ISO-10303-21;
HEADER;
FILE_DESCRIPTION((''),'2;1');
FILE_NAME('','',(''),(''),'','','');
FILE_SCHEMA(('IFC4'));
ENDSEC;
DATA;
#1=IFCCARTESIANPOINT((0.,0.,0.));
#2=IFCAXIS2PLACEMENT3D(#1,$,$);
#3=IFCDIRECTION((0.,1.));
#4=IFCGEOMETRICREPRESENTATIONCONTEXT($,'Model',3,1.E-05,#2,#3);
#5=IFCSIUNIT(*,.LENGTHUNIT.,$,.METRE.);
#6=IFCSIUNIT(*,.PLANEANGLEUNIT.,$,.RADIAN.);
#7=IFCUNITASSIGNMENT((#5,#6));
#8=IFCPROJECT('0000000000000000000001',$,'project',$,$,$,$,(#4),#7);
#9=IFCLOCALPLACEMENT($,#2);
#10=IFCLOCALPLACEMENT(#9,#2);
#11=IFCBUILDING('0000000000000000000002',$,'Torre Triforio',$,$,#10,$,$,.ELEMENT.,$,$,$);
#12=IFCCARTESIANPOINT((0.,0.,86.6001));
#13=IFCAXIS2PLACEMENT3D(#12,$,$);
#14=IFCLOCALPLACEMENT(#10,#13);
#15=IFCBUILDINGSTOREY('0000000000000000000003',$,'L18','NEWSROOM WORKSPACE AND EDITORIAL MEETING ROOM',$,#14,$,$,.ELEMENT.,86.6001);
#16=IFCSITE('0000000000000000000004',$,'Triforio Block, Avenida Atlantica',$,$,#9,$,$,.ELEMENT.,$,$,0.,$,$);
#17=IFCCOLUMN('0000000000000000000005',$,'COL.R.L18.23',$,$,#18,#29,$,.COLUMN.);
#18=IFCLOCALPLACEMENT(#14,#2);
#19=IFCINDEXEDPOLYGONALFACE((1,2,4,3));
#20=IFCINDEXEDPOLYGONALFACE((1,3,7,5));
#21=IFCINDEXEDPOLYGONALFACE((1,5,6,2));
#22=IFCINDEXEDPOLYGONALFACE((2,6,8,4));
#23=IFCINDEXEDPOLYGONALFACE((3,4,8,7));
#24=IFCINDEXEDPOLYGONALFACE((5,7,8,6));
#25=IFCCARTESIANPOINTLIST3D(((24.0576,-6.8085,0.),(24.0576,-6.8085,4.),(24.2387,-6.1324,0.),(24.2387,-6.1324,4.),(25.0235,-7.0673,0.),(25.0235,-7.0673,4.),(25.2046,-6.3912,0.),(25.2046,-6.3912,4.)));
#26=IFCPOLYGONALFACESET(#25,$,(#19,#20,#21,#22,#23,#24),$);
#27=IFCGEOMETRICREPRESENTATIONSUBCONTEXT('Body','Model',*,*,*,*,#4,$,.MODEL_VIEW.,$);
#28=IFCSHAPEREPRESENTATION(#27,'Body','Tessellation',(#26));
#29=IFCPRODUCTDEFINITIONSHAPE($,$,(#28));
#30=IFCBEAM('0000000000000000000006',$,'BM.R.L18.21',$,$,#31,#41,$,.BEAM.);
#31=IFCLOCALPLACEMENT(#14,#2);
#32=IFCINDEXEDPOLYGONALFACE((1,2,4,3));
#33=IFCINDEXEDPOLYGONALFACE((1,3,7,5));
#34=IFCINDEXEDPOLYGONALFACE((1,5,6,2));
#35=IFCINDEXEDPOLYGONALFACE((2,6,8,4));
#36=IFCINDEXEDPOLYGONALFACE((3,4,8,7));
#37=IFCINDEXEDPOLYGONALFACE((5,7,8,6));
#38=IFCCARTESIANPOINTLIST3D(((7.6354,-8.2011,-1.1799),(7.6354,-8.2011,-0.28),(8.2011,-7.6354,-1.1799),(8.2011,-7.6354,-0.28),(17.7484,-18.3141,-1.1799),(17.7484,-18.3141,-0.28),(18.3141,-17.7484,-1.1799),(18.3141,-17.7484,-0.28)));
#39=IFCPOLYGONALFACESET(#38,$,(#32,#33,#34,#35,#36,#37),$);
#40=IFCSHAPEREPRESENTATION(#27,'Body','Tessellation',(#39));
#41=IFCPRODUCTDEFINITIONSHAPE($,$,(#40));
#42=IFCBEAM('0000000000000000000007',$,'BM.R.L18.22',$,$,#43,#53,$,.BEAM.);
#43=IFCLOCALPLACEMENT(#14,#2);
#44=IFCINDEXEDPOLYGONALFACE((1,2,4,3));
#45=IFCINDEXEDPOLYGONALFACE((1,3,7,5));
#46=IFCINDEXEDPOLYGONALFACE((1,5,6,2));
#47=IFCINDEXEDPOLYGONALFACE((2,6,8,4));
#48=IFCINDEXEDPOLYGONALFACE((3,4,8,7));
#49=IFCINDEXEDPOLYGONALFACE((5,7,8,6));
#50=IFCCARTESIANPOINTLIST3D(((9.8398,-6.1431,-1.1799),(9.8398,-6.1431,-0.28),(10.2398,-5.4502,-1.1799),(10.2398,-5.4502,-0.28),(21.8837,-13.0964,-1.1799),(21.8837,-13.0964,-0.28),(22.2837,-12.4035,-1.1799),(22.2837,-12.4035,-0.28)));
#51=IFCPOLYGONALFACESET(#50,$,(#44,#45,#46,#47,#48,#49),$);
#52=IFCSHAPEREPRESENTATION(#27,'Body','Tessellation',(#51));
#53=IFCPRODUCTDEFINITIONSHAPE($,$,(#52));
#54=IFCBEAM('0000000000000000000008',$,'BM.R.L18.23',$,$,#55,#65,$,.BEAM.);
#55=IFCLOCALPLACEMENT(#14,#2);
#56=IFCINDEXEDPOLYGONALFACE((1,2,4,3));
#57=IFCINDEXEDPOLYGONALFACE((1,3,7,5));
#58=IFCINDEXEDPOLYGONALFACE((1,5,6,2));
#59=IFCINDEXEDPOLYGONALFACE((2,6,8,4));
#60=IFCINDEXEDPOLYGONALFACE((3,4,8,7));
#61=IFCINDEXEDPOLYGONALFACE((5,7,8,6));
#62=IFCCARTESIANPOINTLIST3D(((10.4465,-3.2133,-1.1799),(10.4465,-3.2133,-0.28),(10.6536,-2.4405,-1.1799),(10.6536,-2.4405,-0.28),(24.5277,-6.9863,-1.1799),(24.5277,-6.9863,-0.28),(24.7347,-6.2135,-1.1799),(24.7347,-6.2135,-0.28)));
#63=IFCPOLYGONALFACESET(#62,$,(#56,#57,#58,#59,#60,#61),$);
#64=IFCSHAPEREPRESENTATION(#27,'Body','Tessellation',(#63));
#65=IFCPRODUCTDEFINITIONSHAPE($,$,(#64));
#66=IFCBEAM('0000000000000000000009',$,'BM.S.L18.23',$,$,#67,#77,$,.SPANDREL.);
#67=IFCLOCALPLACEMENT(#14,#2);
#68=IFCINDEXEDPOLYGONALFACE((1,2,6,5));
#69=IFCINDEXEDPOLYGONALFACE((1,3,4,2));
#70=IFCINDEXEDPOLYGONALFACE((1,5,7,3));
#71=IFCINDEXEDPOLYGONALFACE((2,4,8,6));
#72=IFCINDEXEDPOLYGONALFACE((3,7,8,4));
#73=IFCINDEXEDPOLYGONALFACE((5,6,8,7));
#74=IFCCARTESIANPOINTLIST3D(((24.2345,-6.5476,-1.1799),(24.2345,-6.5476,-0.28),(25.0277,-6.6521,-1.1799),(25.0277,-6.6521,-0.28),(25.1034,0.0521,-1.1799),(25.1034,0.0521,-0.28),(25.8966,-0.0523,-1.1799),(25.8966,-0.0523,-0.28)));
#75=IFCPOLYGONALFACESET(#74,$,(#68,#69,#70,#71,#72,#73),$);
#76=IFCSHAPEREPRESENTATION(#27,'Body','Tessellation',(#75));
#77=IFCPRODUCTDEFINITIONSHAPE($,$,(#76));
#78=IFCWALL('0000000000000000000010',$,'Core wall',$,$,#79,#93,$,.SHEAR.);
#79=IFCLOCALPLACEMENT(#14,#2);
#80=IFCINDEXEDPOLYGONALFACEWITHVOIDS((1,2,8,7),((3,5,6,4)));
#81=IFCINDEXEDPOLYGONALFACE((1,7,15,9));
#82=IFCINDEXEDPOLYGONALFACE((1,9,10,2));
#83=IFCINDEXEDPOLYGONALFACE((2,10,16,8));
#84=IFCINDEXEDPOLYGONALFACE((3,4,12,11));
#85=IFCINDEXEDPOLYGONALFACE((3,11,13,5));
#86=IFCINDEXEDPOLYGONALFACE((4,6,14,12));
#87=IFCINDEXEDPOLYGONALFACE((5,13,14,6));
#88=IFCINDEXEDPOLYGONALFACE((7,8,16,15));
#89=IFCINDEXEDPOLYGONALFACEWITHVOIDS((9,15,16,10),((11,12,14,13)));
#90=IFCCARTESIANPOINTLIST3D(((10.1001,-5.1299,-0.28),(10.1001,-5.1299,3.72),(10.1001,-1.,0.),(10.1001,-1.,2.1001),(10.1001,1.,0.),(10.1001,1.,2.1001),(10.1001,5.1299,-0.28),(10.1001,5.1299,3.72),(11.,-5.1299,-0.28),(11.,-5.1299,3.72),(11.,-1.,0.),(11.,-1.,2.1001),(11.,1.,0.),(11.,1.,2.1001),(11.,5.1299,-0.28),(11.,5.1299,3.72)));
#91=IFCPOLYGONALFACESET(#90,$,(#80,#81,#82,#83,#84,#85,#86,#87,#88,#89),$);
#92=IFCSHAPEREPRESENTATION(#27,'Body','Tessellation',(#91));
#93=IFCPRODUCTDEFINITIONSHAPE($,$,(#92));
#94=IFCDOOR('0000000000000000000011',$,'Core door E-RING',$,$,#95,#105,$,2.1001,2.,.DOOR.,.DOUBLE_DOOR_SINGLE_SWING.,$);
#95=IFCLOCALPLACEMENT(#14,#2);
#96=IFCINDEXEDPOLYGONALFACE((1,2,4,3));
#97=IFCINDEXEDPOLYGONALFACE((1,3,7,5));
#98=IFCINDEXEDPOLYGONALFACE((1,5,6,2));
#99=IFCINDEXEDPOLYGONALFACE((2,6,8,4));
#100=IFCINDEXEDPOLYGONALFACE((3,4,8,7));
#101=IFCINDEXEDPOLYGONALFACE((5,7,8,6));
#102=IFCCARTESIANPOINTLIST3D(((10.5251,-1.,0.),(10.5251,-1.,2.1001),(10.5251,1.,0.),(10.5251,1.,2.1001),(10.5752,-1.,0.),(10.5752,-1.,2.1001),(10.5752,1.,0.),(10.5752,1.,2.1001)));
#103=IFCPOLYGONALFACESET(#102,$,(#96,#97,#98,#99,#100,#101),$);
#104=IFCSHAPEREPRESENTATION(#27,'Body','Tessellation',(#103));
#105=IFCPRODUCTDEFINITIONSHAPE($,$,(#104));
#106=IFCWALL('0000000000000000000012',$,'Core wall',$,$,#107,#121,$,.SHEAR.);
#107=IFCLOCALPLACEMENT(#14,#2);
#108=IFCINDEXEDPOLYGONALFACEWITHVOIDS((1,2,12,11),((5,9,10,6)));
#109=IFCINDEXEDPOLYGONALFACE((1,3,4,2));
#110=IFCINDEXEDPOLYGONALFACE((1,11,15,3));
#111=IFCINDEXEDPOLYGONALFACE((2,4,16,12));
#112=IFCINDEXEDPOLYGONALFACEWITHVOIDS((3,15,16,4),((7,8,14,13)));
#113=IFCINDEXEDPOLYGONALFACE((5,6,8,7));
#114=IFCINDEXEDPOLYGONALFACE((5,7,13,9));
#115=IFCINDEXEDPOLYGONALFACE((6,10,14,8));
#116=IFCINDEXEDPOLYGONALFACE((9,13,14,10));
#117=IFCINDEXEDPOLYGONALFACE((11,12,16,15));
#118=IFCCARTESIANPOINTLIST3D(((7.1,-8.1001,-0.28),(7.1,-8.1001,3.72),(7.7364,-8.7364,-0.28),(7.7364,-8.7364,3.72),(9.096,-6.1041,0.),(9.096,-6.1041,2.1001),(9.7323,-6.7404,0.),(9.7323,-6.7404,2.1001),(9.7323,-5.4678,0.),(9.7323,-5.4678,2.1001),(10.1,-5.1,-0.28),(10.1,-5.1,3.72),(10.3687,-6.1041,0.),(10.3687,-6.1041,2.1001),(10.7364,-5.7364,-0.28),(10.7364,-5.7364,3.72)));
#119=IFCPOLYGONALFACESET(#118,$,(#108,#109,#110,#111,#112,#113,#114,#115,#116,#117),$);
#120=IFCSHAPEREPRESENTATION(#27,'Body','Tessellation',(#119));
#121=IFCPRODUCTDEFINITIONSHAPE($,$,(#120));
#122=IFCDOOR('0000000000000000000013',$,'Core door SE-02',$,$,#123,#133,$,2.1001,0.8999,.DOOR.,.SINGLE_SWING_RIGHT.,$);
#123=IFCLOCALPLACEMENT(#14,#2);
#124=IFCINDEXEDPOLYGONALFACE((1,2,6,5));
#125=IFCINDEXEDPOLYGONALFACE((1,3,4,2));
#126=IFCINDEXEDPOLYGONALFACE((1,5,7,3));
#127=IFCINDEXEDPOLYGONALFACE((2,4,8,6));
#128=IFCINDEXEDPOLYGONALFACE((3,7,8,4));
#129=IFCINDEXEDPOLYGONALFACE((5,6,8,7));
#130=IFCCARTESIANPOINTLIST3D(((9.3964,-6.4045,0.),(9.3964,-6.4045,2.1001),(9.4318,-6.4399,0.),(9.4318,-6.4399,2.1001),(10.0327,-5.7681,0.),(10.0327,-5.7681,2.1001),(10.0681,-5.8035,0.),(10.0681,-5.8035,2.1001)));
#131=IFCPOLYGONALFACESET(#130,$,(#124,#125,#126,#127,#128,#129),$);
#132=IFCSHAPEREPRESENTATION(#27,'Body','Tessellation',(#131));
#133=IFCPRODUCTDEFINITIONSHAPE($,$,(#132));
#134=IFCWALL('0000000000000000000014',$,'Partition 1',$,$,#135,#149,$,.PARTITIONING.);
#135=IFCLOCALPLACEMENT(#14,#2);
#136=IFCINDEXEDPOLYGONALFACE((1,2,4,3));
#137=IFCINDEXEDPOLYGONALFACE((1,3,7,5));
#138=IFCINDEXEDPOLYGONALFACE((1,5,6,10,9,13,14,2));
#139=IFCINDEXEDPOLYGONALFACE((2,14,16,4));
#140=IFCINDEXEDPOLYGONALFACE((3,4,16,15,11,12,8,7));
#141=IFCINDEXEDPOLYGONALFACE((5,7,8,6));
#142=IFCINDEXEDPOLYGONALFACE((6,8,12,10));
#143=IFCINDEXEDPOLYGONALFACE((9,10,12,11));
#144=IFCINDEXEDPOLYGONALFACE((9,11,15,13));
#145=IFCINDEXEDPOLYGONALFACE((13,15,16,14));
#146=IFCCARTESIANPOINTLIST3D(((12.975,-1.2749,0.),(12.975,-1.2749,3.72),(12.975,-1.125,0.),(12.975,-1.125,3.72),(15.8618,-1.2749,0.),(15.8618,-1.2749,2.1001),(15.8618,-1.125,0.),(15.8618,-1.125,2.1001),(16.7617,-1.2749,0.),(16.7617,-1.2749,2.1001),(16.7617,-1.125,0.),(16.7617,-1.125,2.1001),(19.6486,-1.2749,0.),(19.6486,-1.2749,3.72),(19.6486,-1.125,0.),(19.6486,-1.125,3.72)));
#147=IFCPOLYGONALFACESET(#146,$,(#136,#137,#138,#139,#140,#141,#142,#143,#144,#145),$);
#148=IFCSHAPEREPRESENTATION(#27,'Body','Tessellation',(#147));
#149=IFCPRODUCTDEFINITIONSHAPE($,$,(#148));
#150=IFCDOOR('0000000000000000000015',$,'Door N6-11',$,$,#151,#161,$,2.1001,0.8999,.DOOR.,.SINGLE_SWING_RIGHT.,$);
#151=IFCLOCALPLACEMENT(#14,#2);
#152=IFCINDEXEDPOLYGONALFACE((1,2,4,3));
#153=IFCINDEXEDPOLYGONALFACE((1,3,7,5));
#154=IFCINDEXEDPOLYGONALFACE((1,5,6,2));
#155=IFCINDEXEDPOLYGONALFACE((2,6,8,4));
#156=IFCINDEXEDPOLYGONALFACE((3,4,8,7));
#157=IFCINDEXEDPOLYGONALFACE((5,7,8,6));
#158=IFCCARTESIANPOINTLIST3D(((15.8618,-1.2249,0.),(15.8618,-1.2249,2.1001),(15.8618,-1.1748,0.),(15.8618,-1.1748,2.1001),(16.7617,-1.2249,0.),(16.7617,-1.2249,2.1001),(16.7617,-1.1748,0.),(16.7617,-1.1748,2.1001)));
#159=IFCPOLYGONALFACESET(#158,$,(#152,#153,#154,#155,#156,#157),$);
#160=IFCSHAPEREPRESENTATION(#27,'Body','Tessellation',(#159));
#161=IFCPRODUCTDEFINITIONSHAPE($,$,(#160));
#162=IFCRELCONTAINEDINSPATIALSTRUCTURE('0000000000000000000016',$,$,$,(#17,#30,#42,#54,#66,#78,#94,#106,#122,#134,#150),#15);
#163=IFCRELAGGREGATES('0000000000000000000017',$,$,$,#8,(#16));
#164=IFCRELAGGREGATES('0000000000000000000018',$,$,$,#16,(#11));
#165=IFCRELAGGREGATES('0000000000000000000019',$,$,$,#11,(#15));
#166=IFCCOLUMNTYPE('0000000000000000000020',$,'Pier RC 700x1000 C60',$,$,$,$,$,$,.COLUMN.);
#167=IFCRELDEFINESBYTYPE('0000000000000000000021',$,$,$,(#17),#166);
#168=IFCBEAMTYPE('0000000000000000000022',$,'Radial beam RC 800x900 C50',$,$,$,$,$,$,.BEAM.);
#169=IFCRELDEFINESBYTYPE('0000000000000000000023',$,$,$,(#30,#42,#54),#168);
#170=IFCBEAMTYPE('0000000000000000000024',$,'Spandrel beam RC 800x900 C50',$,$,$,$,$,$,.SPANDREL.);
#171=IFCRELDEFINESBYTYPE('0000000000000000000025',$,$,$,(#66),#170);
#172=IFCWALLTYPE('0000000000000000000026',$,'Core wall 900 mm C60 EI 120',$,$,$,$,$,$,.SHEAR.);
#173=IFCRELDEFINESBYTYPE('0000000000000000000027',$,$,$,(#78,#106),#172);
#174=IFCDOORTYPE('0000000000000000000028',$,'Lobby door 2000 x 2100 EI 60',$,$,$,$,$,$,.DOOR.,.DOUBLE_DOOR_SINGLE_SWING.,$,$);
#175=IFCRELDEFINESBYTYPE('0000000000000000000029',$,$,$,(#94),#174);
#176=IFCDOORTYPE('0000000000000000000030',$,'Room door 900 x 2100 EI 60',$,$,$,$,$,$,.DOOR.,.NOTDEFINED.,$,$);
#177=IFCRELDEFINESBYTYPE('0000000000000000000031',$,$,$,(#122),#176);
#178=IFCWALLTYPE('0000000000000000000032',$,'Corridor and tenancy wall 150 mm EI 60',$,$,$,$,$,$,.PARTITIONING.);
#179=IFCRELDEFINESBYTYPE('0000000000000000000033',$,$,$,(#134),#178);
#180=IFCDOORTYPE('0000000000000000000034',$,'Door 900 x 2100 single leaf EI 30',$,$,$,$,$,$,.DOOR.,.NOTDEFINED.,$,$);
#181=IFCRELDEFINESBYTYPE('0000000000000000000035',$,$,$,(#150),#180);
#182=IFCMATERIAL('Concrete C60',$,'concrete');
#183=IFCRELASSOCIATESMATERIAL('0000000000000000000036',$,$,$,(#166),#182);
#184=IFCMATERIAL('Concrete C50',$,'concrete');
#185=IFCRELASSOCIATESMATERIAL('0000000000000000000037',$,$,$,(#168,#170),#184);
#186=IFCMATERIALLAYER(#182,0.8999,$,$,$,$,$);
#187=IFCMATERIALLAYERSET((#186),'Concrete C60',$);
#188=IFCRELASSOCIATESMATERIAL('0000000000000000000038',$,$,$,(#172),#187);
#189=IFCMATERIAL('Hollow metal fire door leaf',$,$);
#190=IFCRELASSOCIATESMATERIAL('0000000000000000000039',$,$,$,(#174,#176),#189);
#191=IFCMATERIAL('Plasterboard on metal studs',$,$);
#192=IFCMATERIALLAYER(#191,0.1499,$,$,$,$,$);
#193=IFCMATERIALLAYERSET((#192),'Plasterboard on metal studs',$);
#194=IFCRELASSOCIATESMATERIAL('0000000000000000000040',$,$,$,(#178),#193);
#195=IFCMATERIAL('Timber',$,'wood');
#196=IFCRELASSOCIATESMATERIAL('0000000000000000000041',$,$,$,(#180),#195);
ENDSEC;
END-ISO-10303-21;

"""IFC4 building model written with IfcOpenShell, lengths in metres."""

from ifc_helpers import new_model, si_unit, direction, frame, frame_2d, origin, origin_2d, place, context, subcontext, project, spatial, rectangle, extrude, material, layer, layer_set, material_profile, profile_set, type_object, element, fill, save


model = new_model("IFC4")

# Units and contexts
model_context = context("Model", 3, precision=1e-05, world=origin(), true_north=direction((0.0, 1.0)))
body_context = subcontext(model_context, "Body", "Model", "MODEL_VIEW")
ifc_project = project(units=[si_unit("LENGTHUNIT", "METRE"), si_unit("PLANEANGLEUNIT", "RADIAN")], contexts=[model_context])

# Site, building, storey
site_placement = place(None, origin())
site = spatial("IfcSite", under=ifc_project, at=site_placement, Name="Triforio Block, Avenida Atlantica", CompositionType="ELEMENT", RefElevation=0.0)
building_placement = place(site_placement, origin())
building = spatial("IfcBuilding", under=site, at=building_placement, Name="Torre Triforio", CompositionType="ELEMENT")
storey_placement = place(building_placement, frame((0.0, 0.0, 86.6001)))
storey = spatial("IfcBuildingStorey", under=building, at=storey_placement, Name="L18", Description="NEWSROOM WORKSPACE AND EDITORIAL MEETING ROOM", CompositionType="ELEMENT", Elevation=86.6001)

# Column
ifc_material_1 = material(Name="Concrete C60", Category="concrete")
ifc_material_profile_1 = material_profile(ifc_material_1, rectangle(XDim=0.7, YDim=1.0, at=origin_2d()), Name="RC 700x1000")
ifc_profile_set_1 = profile_set([ifc_material_profile_1], Name="Concrete C60")
column_type = type_object("IfcColumnType", Name="Pier RC 700x1000 C60", PredefinedType="COLUMN", material=ifc_profile_set_1)
column_placement = place(storey_placement, frame((24.6311, -6.5999, 0.0), z_axis=(0.0, 0.0, 1.0), x_axis=(0.258819, 0.965926, 0.0)))
element("IfcColumn", 1, at=column_placement, inside=storey, type_object=column_type, Name="COL.R.L18.23", PredefinedType="COLUMN", context=body_context, shape_type="SweptSolid", body=[
    extrude(rectangle(XDim=0.7, YDim=1.0, at=origin_2d()), origin(), (0.0, 0.0, 1.0), 4.0),
])

# Beams
ifc_material_2 = material(Name="Concrete C50", Category="concrete")
ifc_material_profile_2 = material_profile(ifc_material_2, rectangle(XDim=0.8, YDim=0.8999, at=origin_2d()), Name="RC 800x900")
ifc_profile_set_2 = profile_set([ifc_material_profile_2], Name="Concrete C50")
beam_type_1 = type_object("IfcBeamType", Name="Radial beam RC 800x900 C50", PredefinedType="BEAM", material=ifc_profile_set_2)
beam_1_placement = place(storey_placement, frame((7.9182, -7.9182, -0.73), z_axis=(0.707107, -0.707107, 0.0), x_axis=(0.707107, 0.707107, 0.0)))
element("IfcBeam", 2, at=beam_1_placement, inside=storey, type_object=beam_type_1, Name="BM.R.L18.21", PredefinedType="BEAM", context=body_context, shape_type="SweptSolid", body=[
    extrude(rectangle(XDim=0.8, YDim=0.8999, at=origin_2d()), origin(), (0.0, 0.0, 1.0), 14.302),
])
beam_2_placement = place(storey_placement, frame((10.0398, -5.7966, -0.73), z_axis=(0.866032, -0.499989, 0.0), x_axis=(0.499989, 0.866032, 0.0)))
element("IfcBeam", 3, at=beam_2_placement, inside=storey, type_object=beam_type_1, Name="BM.R.L18.22", PredefinedType="BEAM", context=body_context, shape_type="SweptSolid", body=[
    extrude(rectangle(XDim=0.8, YDim=0.8999, at=origin_2d()), origin(), (0.0, 0.0, 1.0), 13.907),
])
beam_3_placement = place(storey_placement, frame((10.55, -2.8269, -0.73), z_axis=(0.965927, -0.258815, 0.0), x_axis=(0.258815, 0.965927, 0.0)))
element("IfcBeam", 4, at=beam_3_placement, inside=storey, type_object=beam_type_1, Name="BM.R.L18.23", PredefinedType="BEAM", context=body_context, shape_type="SweptSolid", body=[
    extrude(rectangle(XDim=0.8, YDim=0.8999, at=origin_2d()), origin(), (0.0, 0.0, 1.0), 14.5779),
])
ifc_material_profile_3 = material_profile(ifc_material_2, rectangle(XDim=0.8, YDim=0.8999, at=origin_2d()), Name="RC 800x900")
ifc_profile_set_3 = profile_set([ifc_material_profile_3], Name="Concrete C50")
beam_type_2 = type_object("IfcBeamType", Name="Spandrel beam RC 800x900 C50", PredefinedType="SPANDREL", material=ifc_profile_set_3)
beam_4_placement = place(storey_placement, frame((24.6311, -6.5999, -0.73), z_axis=(0.130528, 0.991445, 0.0), x_axis=(-0.991445, 0.130528, 0.0)))
element("IfcBeam", 5, at=beam_4_placement, inside=storey, type_object=beam_type_2, Name="BM.S.L18.23", PredefinedType="SPANDREL", context=body_context, shape_type="SweptSolid", body=[
    extrude(rectangle(XDim=0.8, YDim=0.8999, at=origin_2d()), origin(), (0.0, 0.0, 1.0), 6.6567),
])

# Walls, openings, doors
ifc_layer_1 = layer(ifc_material_1, 0.8999)
ifc_layer_set_1 = layer_set([ifc_layer_1], Name="Concrete C60")
wall_type_1 = type_object("IfcWallType", Name="Core wall 900 mm C60 EI 120", PredefinedType="SHEAR", material=ifc_layer_set_1)
wall_1_placement = place(storey_placement, frame((10.55, -5.1299, -0.28), z_axis=(0.0, 0.0, 1.0), x_axis=(0.0, 1.0, 0.0)))
wall_1 = element("IfcWall", 6, at=wall_1_placement, inside=storey, type_object=wall_type_1, Name="Core wall", PredefinedType="SHEAR", context=body_context, shape_type="SweptSolid", body=[
    extrude(rectangle(XDim=10.2598, YDim=0.8999, at=frame_2d((5.1299, 0.0))), origin(), (0.0, 0.0, 1.0), 4.0),
])
opening_1_placement = place(wall_1_placement, frame((4.1299, 0.0, 0.28)))
opening_1 = element("IfcOpeningElement", 7, at=opening_1_placement, cuts=wall_1, PredefinedType="OPENING", context=body_context, shape_type="SweptSolid", body=[
    extrude(rectangle(XDim=2.0, YDim=2.1001, at=frame_2d((1.0, 1.05))), frame((0.0, 0.46, 0.0), z_axis=(0.0, -1.0, 0.0), x_axis=(1.0, 0.0, 0.0)), (0.0, 0.0, 1.0), 0.9199),
])
ifc_material_3 = material(Name="Hollow metal fire door leaf")
door_type_1 = type_object("IfcDoorType", Name="Lobby door 2000 x 2100 EI 60", OperationType="DOUBLE_DOOR_SINGLE_SWING", PredefinedType="DOOR", material=ifc_material_3)
door_1_placement = place(opening_1_placement, origin())
door_1 = element("IfcDoor", 8, at=door_1_placement, inside=storey, type_object=door_type_1, Name="Core door E-RING", OperationType="DOUBLE_DOOR_SINGLE_SWING", OverallHeight=2.1001, OverallWidth=2.0, PredefinedType="DOOR", context=body_context, shape_type="SweptSolid", body=[
    extrude(rectangle(XDim=2.0, YDim=2.1001, at=frame_2d((1.0, 1.05))), frame((0.0, 0.0249, 0.0), z_axis=(0.0, -1.0, 0.0), x_axis=(1.0, 0.0, 0.0)), (0.0, 0.0, 1.0), 0.05),
])
fill(opening_1, door_1)
wall_2_placement = place(storey_placement, frame((10.4182, -5.4182, -0.28), z_axis=(0.0, 0.0, 1.0), x_axis=(-0.707107, -0.707107, 0.0)))
wall_2 = element("IfcWall", 9, at=wall_2_placement, inside=storey, type_object=wall_type_1, Name="Core wall", PredefinedType="SHEAR", context=body_context, shape_type="SweptSolid", body=[
    extrude(rectangle(XDim=4.2427, YDim=0.8999, at=frame_2d((2.1213, 0.0))), origin(), (0.0, 0.0, 1.0), 4.0),
])
opening_2_placement = place(wall_2_placement, frame((0.52, 0.0, 0.28)))
opening_2 = element("IfcOpeningElement", 10, at=opening_2_placement, cuts=wall_2, PredefinedType="OPENING", context=body_context, shape_type="SweptSolid", body=[
    extrude(rectangle(XDim=0.8999, YDim=2.1001, at=frame_2d((0.45, 1.05))), frame((0.0, 0.46, 0.0), z_axis=(0.0, -1.0, 0.0), x_axis=(1.0, 0.0, 0.0)), (0.0, 0.0, 1.0), 0.9199),
])
door_type_2 = type_object("IfcDoorType", Name="Room door 900 x 2100 EI 60", OperationType="NOTDEFINED", PredefinedType="DOOR", material=ifc_material_3)
door_2_placement = place(opening_2_placement, origin())
door_2 = element("IfcDoor", 11, at=door_2_placement, inside=storey, type_object=door_type_2, Name="Core door SE-02", OperationType="SINGLE_SWING_RIGHT", OverallHeight=2.1001, OverallWidth=0.8999, PredefinedType="DOOR", context=body_context, shape_type="SweptSolid", body=[
    extrude(rectangle(XDim=0.8999, YDim=2.1001, at=frame_2d((0.45, 1.05))), frame((0.0, 0.0249, 0.0), z_axis=(0.0, -1.0, 0.0), x_axis=(1.0, 0.0, 0.0)), (0.0, 0.0, 1.0), 0.05),
])
fill(opening_2, door_2)
ifc_material_4 = material(Name="Plasterboard on metal studs")
ifc_layer_2 = layer(ifc_material_4, 0.1499)
ifc_layer_set_2 = layer_set([ifc_layer_2], Name="Plasterboard on metal studs")
wall_type_2 = type_object("IfcWallType", Name="Corridor and tenancy wall 150 mm EI 60", PredefinedType="PARTITIONING", material=ifc_layer_set_2)
wall_3_placement = place(storey_placement, frame((19.6487, -1.2, 0.0), z_axis=(0.0, 0.0, 1.0), x_axis=(-1.0, 0.0, 0.0)))
wall_3 = element("IfcWall", 12, at=wall_3_placement, inside=storey, type_object=wall_type_2, Name="Partition 1", PredefinedType="PARTITIONING", context=body_context, shape_type="SweptSolid", body=[
    extrude(rectangle(XDim=6.6736, YDim=0.1499, at=frame_2d((3.3369, 0.0))), origin(), (0.0, 0.0, 1.0), 3.72),
])
opening_3_placement = place(wall_3_placement, frame((2.887, 0.0, 0.0)))
opening_3 = element("IfcOpeningElement", 13, at=opening_3_placement, cuts=wall_3, PredefinedType="OPENING", context=body_context, shape_type="SweptSolid", body=[
    extrude(rectangle(XDim=0.8999, YDim=2.1001, at=frame_2d((0.45, 1.05))), frame((0.0, 0.085, 0.0), z_axis=(0.0, -1.0, 0.0), x_axis=(1.0, 0.0, 0.0)), (0.0, 0.0, 1.0), 0.1699),
])
ifc_material_5 = material(Name="Timber", Category="wood")
door_type_3 = type_object("IfcDoorType", Name="Door 900 x 2100 single leaf EI 30", OperationType="NOTDEFINED", PredefinedType="DOOR", material=ifc_material_5)
door_3_placement = place(opening_3_placement, origin())
door_3 = element("IfcDoor", 14, at=door_3_placement, inside=storey, type_object=door_type_3, Name="Door N6-11", OperationType="SINGLE_SWING_RIGHT", OverallHeight=2.1001, OverallWidth=0.8999, PredefinedType="DOOR", context=body_context, shape_type="SweptSolid", body=[
    extrude(rectangle(XDim=0.8999, YDim=2.1001, at=frame_2d((0.45, 1.05))), frame((0.0, 0.0249, 0.0), z_axis=(0.0, -1.0, 0.0), x_axis=(1.0, 0.0, 0.0)), (0.0, 0.0, 1.0), 0.05),
])
fill(opening_3, door_3)

save(model, "model.ifc")
